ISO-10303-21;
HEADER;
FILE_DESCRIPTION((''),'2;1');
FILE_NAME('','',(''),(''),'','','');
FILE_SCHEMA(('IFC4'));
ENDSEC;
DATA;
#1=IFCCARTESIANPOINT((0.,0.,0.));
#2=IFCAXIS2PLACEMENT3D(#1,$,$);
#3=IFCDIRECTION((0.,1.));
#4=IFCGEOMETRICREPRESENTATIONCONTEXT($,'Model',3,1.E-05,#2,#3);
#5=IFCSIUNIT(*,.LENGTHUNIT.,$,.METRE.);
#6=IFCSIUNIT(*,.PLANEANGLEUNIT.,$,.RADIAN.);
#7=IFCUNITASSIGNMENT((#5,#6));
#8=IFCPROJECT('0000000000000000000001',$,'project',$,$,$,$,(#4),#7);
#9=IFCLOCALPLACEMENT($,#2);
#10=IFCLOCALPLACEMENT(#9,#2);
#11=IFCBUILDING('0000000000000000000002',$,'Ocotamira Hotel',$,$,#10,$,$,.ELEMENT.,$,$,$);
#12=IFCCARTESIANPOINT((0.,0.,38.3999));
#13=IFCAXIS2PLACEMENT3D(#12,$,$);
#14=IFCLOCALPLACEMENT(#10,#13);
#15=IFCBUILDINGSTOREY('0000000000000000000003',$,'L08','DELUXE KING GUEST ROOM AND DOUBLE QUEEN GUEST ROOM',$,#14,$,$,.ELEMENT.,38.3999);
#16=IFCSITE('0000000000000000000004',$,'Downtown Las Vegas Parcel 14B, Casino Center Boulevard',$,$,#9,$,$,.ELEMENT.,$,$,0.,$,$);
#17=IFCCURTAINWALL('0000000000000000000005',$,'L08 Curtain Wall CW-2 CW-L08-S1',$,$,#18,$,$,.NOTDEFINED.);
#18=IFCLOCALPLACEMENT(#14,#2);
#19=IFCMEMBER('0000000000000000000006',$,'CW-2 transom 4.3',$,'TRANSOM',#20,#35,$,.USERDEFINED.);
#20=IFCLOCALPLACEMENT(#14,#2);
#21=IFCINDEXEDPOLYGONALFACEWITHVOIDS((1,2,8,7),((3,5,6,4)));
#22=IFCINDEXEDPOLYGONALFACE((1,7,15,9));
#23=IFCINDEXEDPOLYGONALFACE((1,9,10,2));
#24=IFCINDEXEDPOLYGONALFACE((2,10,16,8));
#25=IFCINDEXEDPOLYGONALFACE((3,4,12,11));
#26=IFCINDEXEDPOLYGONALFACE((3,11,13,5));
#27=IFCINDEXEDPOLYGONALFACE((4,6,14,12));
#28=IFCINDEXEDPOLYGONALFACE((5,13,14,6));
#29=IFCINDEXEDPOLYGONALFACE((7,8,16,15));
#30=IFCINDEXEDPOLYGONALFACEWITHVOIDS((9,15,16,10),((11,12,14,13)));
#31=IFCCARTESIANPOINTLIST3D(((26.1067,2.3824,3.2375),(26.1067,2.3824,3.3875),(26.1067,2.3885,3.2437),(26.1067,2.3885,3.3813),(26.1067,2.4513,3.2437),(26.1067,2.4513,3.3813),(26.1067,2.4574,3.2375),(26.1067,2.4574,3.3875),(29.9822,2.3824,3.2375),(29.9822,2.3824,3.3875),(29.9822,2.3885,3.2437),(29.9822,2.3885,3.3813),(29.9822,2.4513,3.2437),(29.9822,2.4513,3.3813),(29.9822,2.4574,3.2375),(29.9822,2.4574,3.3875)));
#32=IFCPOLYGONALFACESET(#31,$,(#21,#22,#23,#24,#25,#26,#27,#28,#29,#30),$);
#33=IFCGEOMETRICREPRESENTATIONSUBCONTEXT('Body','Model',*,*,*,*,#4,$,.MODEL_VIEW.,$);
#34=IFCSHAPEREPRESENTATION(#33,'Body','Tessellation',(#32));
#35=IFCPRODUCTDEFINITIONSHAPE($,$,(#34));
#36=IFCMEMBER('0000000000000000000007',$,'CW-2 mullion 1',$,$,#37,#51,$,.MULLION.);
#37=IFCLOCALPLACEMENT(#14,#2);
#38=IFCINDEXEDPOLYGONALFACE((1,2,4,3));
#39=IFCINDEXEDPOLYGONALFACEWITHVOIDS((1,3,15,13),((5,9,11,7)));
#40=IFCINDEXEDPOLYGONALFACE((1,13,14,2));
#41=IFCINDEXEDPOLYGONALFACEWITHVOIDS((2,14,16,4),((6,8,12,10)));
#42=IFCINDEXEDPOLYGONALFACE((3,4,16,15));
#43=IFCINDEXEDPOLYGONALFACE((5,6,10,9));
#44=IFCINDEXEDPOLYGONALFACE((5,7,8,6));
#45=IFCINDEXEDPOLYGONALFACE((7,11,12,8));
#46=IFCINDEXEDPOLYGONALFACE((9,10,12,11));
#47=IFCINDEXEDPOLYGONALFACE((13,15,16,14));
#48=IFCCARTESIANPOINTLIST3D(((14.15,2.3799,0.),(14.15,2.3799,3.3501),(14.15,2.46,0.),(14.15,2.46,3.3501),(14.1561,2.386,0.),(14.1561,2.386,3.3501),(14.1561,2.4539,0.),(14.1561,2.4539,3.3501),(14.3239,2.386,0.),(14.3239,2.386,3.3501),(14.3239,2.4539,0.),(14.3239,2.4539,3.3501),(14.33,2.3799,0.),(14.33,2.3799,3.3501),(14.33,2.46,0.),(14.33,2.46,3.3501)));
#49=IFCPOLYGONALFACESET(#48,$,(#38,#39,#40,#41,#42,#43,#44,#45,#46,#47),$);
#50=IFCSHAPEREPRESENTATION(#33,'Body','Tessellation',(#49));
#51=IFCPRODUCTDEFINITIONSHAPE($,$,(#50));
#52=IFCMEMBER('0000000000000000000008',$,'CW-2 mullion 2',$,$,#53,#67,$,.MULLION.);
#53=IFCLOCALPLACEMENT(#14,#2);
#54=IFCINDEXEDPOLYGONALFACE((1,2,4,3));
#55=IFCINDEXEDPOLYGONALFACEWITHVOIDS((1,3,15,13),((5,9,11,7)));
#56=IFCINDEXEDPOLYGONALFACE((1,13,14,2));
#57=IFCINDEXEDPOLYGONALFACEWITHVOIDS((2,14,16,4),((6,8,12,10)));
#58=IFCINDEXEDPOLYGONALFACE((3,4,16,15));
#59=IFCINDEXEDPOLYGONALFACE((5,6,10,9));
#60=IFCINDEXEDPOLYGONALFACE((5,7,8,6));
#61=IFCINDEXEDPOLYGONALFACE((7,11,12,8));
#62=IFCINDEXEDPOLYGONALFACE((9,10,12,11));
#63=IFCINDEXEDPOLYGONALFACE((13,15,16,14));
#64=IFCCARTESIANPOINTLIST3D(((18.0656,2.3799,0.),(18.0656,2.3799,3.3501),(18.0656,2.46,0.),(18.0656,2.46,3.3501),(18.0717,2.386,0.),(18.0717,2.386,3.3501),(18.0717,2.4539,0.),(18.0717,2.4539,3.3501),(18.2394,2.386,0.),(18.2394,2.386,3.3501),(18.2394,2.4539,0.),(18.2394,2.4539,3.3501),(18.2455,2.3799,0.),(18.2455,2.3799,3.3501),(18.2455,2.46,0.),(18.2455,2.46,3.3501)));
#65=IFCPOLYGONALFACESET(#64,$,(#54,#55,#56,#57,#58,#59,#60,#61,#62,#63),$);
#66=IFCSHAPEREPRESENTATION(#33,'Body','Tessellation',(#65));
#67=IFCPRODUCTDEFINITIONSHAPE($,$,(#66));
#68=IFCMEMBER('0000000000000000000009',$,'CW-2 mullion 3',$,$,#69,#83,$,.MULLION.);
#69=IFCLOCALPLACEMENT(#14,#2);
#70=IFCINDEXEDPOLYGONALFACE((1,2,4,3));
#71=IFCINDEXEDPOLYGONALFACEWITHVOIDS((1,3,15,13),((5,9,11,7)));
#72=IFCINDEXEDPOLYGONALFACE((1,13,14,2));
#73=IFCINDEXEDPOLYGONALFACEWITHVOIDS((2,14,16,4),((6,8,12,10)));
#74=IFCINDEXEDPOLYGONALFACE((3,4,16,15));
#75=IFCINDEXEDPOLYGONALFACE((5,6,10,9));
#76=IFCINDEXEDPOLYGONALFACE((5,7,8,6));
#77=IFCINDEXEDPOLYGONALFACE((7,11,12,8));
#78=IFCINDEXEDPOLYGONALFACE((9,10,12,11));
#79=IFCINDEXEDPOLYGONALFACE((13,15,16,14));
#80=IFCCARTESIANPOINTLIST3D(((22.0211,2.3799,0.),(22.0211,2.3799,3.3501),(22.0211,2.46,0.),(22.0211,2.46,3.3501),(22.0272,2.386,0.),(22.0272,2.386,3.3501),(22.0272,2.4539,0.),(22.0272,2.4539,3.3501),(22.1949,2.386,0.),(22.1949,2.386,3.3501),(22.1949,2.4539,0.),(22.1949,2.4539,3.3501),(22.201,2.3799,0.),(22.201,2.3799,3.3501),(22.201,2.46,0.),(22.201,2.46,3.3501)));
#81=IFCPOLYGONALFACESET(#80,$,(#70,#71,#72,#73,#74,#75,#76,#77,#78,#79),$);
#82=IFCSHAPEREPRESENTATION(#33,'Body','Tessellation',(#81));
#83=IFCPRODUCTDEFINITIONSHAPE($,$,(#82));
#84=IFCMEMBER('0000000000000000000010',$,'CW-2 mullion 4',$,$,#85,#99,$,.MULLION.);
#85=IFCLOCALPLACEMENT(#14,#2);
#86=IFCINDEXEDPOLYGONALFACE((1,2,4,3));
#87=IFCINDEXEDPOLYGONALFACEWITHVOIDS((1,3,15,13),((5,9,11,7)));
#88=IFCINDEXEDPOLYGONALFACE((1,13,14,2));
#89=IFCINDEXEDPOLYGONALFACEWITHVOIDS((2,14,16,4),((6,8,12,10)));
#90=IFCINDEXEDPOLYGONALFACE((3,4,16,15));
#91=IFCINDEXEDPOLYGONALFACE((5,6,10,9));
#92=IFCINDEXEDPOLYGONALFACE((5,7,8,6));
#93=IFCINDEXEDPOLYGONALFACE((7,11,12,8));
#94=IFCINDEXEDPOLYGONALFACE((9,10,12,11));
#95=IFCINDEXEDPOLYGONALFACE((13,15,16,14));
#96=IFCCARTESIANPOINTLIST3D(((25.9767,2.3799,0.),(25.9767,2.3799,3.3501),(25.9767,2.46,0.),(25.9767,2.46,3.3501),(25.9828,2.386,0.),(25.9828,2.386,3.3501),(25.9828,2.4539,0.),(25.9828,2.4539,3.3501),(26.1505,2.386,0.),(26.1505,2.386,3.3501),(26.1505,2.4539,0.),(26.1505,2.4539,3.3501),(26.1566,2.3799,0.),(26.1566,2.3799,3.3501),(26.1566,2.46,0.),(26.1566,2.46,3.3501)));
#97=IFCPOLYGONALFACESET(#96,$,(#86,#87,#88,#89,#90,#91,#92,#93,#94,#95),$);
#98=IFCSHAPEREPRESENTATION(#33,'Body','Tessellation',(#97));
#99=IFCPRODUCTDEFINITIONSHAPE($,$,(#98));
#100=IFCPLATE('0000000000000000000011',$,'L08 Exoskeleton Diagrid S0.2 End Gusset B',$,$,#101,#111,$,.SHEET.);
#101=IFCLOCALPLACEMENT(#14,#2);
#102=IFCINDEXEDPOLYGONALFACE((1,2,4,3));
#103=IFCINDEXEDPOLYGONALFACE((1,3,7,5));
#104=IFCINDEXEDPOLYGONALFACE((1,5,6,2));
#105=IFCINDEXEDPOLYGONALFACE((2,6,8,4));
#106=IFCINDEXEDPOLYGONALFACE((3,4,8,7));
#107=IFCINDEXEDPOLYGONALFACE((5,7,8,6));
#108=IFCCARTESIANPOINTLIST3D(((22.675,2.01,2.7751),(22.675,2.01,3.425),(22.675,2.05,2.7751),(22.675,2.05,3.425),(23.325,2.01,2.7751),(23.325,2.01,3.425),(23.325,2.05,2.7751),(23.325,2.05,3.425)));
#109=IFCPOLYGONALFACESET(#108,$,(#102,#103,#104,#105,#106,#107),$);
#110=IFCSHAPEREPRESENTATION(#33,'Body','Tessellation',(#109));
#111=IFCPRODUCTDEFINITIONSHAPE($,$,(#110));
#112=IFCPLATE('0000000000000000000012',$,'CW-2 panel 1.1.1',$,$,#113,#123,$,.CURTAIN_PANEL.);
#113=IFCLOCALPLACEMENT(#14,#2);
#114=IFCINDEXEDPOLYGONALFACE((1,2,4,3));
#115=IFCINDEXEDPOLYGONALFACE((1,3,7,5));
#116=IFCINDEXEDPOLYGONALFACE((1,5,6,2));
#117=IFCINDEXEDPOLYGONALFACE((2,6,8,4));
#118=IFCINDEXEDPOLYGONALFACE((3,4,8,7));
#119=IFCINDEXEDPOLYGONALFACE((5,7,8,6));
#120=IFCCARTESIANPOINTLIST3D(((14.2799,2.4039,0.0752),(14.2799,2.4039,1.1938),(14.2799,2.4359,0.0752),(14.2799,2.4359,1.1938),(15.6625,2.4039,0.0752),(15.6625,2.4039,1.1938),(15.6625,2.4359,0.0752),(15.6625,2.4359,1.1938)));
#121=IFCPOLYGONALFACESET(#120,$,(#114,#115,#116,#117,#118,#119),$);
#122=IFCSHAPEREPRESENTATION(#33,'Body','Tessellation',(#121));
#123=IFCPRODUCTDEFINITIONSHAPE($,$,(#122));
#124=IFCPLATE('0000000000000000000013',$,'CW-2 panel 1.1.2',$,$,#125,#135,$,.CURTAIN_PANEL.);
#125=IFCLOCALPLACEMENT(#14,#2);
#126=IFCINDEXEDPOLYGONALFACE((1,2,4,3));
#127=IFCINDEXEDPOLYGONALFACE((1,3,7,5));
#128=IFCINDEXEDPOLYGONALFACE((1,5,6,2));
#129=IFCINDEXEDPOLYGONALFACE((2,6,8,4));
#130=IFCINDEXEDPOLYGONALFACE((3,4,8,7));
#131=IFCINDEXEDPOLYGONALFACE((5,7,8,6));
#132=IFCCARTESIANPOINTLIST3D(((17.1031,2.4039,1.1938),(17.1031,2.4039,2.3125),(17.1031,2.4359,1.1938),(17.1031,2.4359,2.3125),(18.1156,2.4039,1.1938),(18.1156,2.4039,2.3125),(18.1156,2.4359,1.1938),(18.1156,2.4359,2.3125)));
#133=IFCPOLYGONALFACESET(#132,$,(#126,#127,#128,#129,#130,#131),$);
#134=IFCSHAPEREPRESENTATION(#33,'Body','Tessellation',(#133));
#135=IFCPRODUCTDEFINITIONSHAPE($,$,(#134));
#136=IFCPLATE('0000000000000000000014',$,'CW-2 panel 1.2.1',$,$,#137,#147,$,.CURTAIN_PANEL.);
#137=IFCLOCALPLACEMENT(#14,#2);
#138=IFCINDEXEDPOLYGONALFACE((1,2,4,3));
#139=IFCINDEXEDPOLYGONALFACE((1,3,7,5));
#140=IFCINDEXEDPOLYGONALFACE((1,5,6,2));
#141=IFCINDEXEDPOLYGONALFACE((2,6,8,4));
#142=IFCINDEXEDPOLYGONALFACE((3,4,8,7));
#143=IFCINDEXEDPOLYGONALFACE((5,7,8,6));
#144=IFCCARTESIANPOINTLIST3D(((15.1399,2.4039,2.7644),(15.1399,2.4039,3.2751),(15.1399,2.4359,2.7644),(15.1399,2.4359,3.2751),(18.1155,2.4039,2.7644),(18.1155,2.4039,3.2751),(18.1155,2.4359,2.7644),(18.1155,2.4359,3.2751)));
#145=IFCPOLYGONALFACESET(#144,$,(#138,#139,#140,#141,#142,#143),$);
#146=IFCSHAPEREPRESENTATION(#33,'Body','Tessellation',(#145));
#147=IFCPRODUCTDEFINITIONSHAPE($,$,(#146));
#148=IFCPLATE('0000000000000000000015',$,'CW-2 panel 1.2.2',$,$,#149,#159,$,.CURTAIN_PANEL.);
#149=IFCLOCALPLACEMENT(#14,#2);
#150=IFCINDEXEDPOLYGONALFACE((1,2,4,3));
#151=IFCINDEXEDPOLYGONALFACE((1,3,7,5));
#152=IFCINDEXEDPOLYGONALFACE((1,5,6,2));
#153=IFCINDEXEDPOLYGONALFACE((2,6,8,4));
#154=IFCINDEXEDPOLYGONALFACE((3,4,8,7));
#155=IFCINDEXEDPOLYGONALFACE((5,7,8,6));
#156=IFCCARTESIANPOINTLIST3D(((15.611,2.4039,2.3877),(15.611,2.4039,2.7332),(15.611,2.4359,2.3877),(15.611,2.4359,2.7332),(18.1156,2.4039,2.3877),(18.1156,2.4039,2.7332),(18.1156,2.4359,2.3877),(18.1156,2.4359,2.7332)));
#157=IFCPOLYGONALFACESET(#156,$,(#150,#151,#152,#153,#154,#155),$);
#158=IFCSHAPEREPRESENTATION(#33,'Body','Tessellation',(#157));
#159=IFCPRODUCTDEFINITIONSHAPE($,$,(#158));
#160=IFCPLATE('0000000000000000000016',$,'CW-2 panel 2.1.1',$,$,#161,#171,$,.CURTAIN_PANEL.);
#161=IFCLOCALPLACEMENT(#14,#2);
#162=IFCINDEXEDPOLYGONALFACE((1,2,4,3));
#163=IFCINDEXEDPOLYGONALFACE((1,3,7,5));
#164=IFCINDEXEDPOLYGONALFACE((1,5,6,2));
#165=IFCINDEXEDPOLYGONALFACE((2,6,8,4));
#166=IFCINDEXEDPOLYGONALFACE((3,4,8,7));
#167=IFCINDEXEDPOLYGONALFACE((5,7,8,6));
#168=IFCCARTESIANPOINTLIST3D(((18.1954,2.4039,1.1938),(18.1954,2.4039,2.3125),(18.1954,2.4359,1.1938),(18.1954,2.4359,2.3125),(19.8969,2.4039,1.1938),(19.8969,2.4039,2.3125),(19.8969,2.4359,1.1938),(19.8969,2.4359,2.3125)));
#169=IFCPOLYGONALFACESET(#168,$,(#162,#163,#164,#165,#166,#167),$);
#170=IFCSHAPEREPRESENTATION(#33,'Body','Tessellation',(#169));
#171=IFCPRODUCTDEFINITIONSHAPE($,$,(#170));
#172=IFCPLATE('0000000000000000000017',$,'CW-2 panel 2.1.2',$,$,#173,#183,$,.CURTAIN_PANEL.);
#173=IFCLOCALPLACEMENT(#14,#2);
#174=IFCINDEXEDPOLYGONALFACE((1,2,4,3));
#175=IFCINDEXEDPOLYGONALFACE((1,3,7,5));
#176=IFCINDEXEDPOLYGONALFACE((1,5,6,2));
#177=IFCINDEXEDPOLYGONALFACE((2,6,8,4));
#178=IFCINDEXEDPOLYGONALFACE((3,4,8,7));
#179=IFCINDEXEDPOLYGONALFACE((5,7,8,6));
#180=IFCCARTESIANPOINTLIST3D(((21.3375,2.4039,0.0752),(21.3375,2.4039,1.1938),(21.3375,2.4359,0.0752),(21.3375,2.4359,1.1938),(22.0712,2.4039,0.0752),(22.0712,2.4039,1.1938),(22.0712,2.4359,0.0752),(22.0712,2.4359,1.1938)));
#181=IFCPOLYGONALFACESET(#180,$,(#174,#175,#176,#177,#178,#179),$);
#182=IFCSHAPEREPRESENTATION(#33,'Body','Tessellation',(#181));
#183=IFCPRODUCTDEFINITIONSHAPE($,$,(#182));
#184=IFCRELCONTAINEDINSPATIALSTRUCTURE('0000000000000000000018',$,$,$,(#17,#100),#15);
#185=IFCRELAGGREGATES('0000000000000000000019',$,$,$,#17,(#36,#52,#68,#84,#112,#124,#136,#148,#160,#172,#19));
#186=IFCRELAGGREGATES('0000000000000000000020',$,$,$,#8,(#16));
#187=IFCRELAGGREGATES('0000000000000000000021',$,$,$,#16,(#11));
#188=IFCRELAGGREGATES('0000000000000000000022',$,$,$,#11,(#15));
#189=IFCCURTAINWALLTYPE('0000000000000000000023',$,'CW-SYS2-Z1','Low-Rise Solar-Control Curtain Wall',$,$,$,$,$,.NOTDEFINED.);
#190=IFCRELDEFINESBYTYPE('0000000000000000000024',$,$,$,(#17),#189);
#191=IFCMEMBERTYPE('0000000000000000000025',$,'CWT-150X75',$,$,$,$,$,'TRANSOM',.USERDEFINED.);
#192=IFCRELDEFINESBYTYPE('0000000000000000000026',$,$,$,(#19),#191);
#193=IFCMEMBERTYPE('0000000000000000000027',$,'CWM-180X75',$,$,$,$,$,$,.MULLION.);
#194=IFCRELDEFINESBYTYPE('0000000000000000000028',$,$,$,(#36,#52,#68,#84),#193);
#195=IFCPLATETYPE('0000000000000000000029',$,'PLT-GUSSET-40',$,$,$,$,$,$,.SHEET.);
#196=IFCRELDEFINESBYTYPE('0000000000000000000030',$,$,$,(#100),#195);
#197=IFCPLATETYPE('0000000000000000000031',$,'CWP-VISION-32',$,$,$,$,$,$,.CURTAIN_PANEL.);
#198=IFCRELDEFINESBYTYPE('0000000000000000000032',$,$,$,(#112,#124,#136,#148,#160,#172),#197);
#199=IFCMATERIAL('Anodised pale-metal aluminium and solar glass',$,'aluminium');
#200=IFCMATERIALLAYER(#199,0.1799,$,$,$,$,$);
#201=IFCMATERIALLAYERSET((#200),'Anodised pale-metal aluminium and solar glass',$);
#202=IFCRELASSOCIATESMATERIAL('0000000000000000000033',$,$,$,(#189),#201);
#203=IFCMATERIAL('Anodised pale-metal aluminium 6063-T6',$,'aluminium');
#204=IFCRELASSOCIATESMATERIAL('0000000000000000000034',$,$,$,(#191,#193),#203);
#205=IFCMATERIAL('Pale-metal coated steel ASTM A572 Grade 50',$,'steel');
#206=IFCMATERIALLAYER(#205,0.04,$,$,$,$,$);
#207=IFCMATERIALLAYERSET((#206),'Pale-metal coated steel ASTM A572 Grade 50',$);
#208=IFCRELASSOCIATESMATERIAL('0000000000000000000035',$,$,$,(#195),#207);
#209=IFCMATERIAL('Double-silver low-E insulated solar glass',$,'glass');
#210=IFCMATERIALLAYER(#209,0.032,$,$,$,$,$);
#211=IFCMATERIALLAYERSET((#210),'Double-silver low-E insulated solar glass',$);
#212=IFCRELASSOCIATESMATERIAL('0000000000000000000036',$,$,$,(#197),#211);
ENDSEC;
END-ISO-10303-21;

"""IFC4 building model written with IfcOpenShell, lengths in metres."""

from ifc_helpers import new_model, si_unit, direction, frame, origin, origin_2d, place, context, subcontext, project, spatial, rectangle, hollow_rectangle, extrude, source, transform, mapped, material, layer, layer_set, material_profile, profile_set, type_object, element, aggregate, save


model = new_model("IFC4")

# Units and contexts
model_context = context("Model", 3, precision=1e-05, world=origin(), true_north=direction((0.0, 1.0)))
body_context = subcontext(model_context, "Body", "Model", "MODEL_VIEW")
ifc_project = project(units=[si_unit("LENGTHUNIT", "METRE"), si_unit("PLANEANGLEUNIT", "RADIAN")], contexts=[model_context])

# Site, building, storey
site_placement = place(None, origin())
site = spatial("IfcSite", under=ifc_project, at=site_placement, Name="Downtown Las Vegas Parcel 14B, Casino Center Boulevard", CompositionType="ELEMENT", RefElevation=0.0)
building_placement = place(site_placement, origin())
building = spatial("IfcBuilding", under=site, at=building_placement, Name="Ocotamira Hotel", CompositionType="ELEMENT")
storey_placement = place(building_placement, frame((0.0, 0.0, 38.3999)))
storey = spatial("IfcBuildingStorey", under=building, at=storey_placement, Name="L08", Description="DELUXE KING GUEST ROOM AND DOUBLE QUEEN GUEST ROOM", CompositionType="ELEMENT", Elevation=38.3999)

# Curtain wall, members
ifc_material_1 = material(Name="Anodised pale-metal aluminium and solar glass", Category="aluminium")
ifc_layer_1 = layer(ifc_material_1, 0.1799)
ifc_layer_set_1 = layer_set([ifc_layer_1], Name="Anodised pale-metal aluminium and solar glass")
curtain_wall_type = type_object("IfcCurtainWallType", Name="CW-SYS2-Z1", Description="Low-Rise Solar-Control Curtain Wall", PredefinedType="NOTDEFINED", material=ifc_layer_set_1)
curtain_wall_placement = place(storey_placement, origin())
curtain_wall = element("IfcCurtainWall", 1, at=curtain_wall_placement, inside=storey, type_object=curtain_wall_type, Name="L08 Curtain Wall CW-2 CW-L08-S1", PredefinedType="NOTDEFINED")
ifc_material_2 = material(Name="Anodised pale-metal aluminium 6063-T6", Category="aluminium")
ifc_material_profile_1 = material_profile(ifc_material_2, hollow_rectangle(XDim=0.075, YDim=0.1499, WallThickness=0.0061, at=origin_2d()), Name="HSS150X75X6")
ifc_profile_set_1 = profile_set([ifc_material_profile_1], Name="Anodised pale-metal aluminium 6063-T6")
member_type_1 = type_object("IfcMemberType", Name="CWT-150X75", ElementType="TRANSOM", PredefinedType="USERDEFINED", material=ifc_profile_set_1)
shared_shape_1 = source(origin(), body_context, "Body", "SweptSolid", [
    extrude(hollow_rectangle(XDim=0.075, YDim=0.1499, WallThickness=0.0061, at=origin_2d()), origin(), (0.0, 0.0, 1.0), 3.8755),
])
member_1_placement = place(storey_placement, frame((26.1067, 2.4199, 3.3125), z_axis=(1.0, 0.0, 0.0), x_axis=(0.0, 1.0, 0.0)))
member_1 = element("IfcMember", 2, at=member_1_placement, type_object=member_type_1, Name="CW-2 transom 4.3", ObjectType="TRANSOM", PredefinedType="USERDEFINED", context=body_context, shape_type="MappedRepresentation", body=[
    mapped(shared_shape_1, transform((0.0, 0.0, 0.0), scale=1.0)),
])
ifc_material_profile_2 = material_profile(ifc_material_2, hollow_rectangle(XDim=0.0801, YDim=0.1799, WallThickness=0.0061, at=origin_2d()), Name="HSS180X80X6")
ifc_profile_set_2 = profile_set([ifc_material_profile_2], Name="Anodised pale-metal aluminium 6063-T6")
member_type_2 = type_object("IfcMemberType", Name="CWM-180X75", PredefinedType="MULLION", material=ifc_profile_set_2)
shared_shape_2 = source(origin(), body_context, "Body", "SweptSolid", [
    extrude(hollow_rectangle(XDim=0.0801, YDim=0.1799, WallThickness=0.0061, at=origin_2d()), origin(), (0.0, 0.0, 1.0), 3.3501),
])
member_2_placement = place(storey_placement, frame((14.24, 2.4199, 0.0), z_axis=(0.0, 0.0, 1.0), x_axis=(0.0, 1.0, 0.0)))
member_2 = element("IfcMember", 3, at=member_2_placement, type_object=member_type_2, Name="CW-2 mullion 1", PredefinedType="MULLION", context=body_context, shape_type="MappedRepresentation", body=[
    mapped(shared_shape_2, transform((0.0, 0.0, 0.0), scale=1.0)),
])
member_3_placement = place(storey_placement, frame((18.1555, 2.4199, 0.0), z_axis=(0.0, 0.0, 1.0), x_axis=(0.0, 1.0, 0.0)))
member_3 = element("IfcMember", 4, at=member_3_placement, type_object=member_type_2, Name="CW-2 mullion 2", PredefinedType="MULLION", context=body_context, shape_type="MappedRepresentation", body=[
    mapped(shared_shape_2, transform((0.0, 0.0, 0.0), scale=1.0)),
])
member_4_placement = place(storey_placement, frame((22.1111, 2.4199, 0.0), z_axis=(0.0, 0.0, 1.0), x_axis=(0.0, 1.0, 0.0)))
member_4 = element("IfcMember", 5, at=member_4_placement, type_object=member_type_2, Name="CW-2 mullion 3", PredefinedType="MULLION", context=body_context, shape_type="MappedRepresentation", body=[
    mapped(shared_shape_2, transform((0.0, 0.0, 0.0), scale=1.0)),
])
member_5_placement = place(storey_placement, frame((26.0667, 2.4199, 0.0), z_axis=(0.0, 0.0, 1.0), x_axis=(0.0, 1.0, 0.0)))
member_5 = element("IfcMember", 6, at=member_5_placement, type_object=member_type_2, Name="CW-2 mullion 4", PredefinedType="MULLION", context=body_context, shape_type="MappedRepresentation", body=[
    mapped(shared_shape_2, transform((0.0, 0.0, 0.0), scale=1.0)),
])

# Plates
ifc_material_3 = material(Name="Pale-metal coated steel ASTM A572 Grade 50", Category="steel")
ifc_layer_2 = layer(ifc_material_3, 0.04)
ifc_layer_set_2 = layer_set([ifc_layer_2], Name="Pale-metal coated steel ASTM A572 Grade 50")
plate_type_1 = type_object("IfcPlateType", Name="PLT-GUSSET-40", PredefinedType="SHEET", material=ifc_layer_set_2)
shared_shape_3 = source(origin(), body_context, "Body", "SweptSolid", [
    extrude(rectangle(XDim=0.6499, YDim=0.04, at=origin_2d()), origin(), (0.0, 0.0, 1.0), 0.6499),
])
plate_1_placement = place(storey_placement, frame((23.0, 2.03, 2.7751), z_axis=(0.0, 0.0, 1.0), x_axis=(1.0, 0.0, 0.0)))
element("IfcPlate", 7, at=plate_1_placement, inside=storey, type_object=plate_type_1, Name="L08 Exoskeleton Diagrid S0.2 End Gusset B", PredefinedType="SHEET", context=body_context, shape_type="MappedRepresentation", body=[
    mapped(shared_shape_3, transform((0.0, 0.0, 0.0), scale=1.0)),
])
ifc_material_4 = material(Name="Double-silver low-E insulated solar glass", Category="glass")
ifc_layer_3 = layer(ifc_material_4, 0.032)
ifc_layer_set_3 = layer_set([ifc_layer_3], Name="Double-silver low-E insulated solar glass")
plate_type_2 = type_object("IfcPlateType", Name="CWP-VISION-32", PredefinedType="CURTAIN_PANEL", material=ifc_layer_set_3)
shared_shape_4 = source(origin(), body_context, "Body", "SweptSolid", [
    extrude(rectangle(XDim=1.3826, YDim=0.032, at=origin_2d()), origin(), (0.0, 0.0, 1.0), 1.1187),
])
plate_2_placement = place(storey_placement, frame((14.9712, 2.4199, 0.0752), z_axis=(0.0, 0.0, 1.0), x_axis=(1.0, 0.0, 0.0)))
plate_2 = element("IfcPlate", 8, at=plate_2_placement, type_object=plate_type_2, Name="CW-2 panel 1.1.1", PredefinedType="CURTAIN_PANEL", context=body_context, shape_type="MappedRepresentation", body=[
    mapped(shared_shape_4, transform((0.0, 0.0, 0.0), scale=1.0)),
])
shared_shape_5 = source(origin(), body_context, "Body", "SweptSolid", [
    extrude(rectangle(XDim=1.0125, YDim=0.032, at=origin_2d()), origin(), (0.0, 0.0, 1.0), 1.1187),
])
plate_3_placement = place(storey_placement, frame((17.6094, 2.4199, 1.1938), z_axis=(0.0, 0.0, 1.0), x_axis=(1.0, 0.0, 0.0)))
plate_3 = element("IfcPlate", 9, at=plate_3_placement, type_object=plate_type_2, Name="CW-2 panel 1.1.2", PredefinedType="CURTAIN_PANEL", context=body_context, shape_type="MappedRepresentation", body=[
    mapped(shared_shape_5, transform((0.0, 0.0, 0.0), scale=1.0)),
])
shared_shape_6 = source(origin(), body_context, "Body", "SweptSolid", [
    extrude(rectangle(XDim=2.9756, YDim=0.032, at=origin_2d()), origin(), (0.0, 0.0, 1.0), 0.5107),
])
plate_4_placement = place(storey_placement, frame((16.6277, 2.4199, 2.7644), z_axis=(0.0, 0.0, 1.0), x_axis=(1.0, 0.0, 0.0)))
plate_4 = element("IfcPlate", 10, at=plate_4_placement, type_object=plate_type_2, Name="CW-2 panel 1.2.1", PredefinedType="CURTAIN_PANEL", context=body_context, shape_type="MappedRepresentation", body=[
    mapped(shared_shape_6, transform((0.0, 0.0, 0.0), scale=1.0)),
])
shared_shape_7 = source(origin(), body_context, "Body", "SweptSolid", [
    extrude(rectangle(XDim=2.5046, YDim=0.032, at=origin_2d()), origin(), (0.0, 0.0, 1.0), 0.3455),
])
plate_5_placement = place(storey_placement, frame((16.8633, 2.4199, 2.3877), z_axis=(0.0, 0.0, 1.0), x_axis=(1.0, 0.0, 0.0)))
plate_5 = element("IfcPlate", 11, at=plate_5_placement, type_object=plate_type_2, Name="CW-2 panel 1.2.2", PredefinedType="CURTAIN_PANEL", context=body_context, shape_type="MappedRepresentation", body=[
    mapped(shared_shape_7, transform((0.0, 0.0, 0.0), scale=1.0)),
])
shared_shape_8 = source(origin(), body_context, "Body", "SweptSolid", [
    extrude(rectangle(XDim=1.7014, YDim=0.032, at=origin_2d()), origin(), (0.0, 0.0, 1.0), 1.1187),
])
plate_6_placement = place(storey_placement, frame((19.0461, 2.4199, 1.1938), z_axis=(0.0, 0.0, 1.0), x_axis=(1.0, 0.0, 0.0)))
plate_6 = element("IfcPlate", 12, at=plate_6_placement, type_object=plate_type_2, Name="CW-2 panel 2.1.1", PredefinedType="CURTAIN_PANEL", context=body_context, shape_type="MappedRepresentation", body=[
    mapped(shared_shape_8, transform((0.0, 0.0, 0.0), scale=1.0)),
])
shared_shape_9 = source(origin(), body_context, "Body", "SweptSolid", [
    extrude(rectangle(XDim=0.7336, YDim=0.032, at=origin_2d()), origin(), (0.0, 0.0, 1.0), 1.1187),
])
plate_7_placement = place(storey_placement, frame((21.7043, 2.4199, 0.0752), z_axis=(0.0, 0.0, 1.0), x_axis=(1.0, 0.0, 0.0)))
plate_7 = element("IfcPlate", 13, at=plate_7_placement, type_object=plate_type_2, Name="CW-2 panel 2.1.2", PredefinedType="CURTAIN_PANEL", context=body_context, shape_type="MappedRepresentation", body=[
    mapped(shared_shape_9, transform((0.0, 0.0, 0.0), scale=1.0)),
])
aggregate(curtain_wall, [member_2, member_3, member_4, member_5, plate_2, plate_3, plate_4, plate_5, plate_6, plate_7, member_1])

save(model, "model.ifc")
